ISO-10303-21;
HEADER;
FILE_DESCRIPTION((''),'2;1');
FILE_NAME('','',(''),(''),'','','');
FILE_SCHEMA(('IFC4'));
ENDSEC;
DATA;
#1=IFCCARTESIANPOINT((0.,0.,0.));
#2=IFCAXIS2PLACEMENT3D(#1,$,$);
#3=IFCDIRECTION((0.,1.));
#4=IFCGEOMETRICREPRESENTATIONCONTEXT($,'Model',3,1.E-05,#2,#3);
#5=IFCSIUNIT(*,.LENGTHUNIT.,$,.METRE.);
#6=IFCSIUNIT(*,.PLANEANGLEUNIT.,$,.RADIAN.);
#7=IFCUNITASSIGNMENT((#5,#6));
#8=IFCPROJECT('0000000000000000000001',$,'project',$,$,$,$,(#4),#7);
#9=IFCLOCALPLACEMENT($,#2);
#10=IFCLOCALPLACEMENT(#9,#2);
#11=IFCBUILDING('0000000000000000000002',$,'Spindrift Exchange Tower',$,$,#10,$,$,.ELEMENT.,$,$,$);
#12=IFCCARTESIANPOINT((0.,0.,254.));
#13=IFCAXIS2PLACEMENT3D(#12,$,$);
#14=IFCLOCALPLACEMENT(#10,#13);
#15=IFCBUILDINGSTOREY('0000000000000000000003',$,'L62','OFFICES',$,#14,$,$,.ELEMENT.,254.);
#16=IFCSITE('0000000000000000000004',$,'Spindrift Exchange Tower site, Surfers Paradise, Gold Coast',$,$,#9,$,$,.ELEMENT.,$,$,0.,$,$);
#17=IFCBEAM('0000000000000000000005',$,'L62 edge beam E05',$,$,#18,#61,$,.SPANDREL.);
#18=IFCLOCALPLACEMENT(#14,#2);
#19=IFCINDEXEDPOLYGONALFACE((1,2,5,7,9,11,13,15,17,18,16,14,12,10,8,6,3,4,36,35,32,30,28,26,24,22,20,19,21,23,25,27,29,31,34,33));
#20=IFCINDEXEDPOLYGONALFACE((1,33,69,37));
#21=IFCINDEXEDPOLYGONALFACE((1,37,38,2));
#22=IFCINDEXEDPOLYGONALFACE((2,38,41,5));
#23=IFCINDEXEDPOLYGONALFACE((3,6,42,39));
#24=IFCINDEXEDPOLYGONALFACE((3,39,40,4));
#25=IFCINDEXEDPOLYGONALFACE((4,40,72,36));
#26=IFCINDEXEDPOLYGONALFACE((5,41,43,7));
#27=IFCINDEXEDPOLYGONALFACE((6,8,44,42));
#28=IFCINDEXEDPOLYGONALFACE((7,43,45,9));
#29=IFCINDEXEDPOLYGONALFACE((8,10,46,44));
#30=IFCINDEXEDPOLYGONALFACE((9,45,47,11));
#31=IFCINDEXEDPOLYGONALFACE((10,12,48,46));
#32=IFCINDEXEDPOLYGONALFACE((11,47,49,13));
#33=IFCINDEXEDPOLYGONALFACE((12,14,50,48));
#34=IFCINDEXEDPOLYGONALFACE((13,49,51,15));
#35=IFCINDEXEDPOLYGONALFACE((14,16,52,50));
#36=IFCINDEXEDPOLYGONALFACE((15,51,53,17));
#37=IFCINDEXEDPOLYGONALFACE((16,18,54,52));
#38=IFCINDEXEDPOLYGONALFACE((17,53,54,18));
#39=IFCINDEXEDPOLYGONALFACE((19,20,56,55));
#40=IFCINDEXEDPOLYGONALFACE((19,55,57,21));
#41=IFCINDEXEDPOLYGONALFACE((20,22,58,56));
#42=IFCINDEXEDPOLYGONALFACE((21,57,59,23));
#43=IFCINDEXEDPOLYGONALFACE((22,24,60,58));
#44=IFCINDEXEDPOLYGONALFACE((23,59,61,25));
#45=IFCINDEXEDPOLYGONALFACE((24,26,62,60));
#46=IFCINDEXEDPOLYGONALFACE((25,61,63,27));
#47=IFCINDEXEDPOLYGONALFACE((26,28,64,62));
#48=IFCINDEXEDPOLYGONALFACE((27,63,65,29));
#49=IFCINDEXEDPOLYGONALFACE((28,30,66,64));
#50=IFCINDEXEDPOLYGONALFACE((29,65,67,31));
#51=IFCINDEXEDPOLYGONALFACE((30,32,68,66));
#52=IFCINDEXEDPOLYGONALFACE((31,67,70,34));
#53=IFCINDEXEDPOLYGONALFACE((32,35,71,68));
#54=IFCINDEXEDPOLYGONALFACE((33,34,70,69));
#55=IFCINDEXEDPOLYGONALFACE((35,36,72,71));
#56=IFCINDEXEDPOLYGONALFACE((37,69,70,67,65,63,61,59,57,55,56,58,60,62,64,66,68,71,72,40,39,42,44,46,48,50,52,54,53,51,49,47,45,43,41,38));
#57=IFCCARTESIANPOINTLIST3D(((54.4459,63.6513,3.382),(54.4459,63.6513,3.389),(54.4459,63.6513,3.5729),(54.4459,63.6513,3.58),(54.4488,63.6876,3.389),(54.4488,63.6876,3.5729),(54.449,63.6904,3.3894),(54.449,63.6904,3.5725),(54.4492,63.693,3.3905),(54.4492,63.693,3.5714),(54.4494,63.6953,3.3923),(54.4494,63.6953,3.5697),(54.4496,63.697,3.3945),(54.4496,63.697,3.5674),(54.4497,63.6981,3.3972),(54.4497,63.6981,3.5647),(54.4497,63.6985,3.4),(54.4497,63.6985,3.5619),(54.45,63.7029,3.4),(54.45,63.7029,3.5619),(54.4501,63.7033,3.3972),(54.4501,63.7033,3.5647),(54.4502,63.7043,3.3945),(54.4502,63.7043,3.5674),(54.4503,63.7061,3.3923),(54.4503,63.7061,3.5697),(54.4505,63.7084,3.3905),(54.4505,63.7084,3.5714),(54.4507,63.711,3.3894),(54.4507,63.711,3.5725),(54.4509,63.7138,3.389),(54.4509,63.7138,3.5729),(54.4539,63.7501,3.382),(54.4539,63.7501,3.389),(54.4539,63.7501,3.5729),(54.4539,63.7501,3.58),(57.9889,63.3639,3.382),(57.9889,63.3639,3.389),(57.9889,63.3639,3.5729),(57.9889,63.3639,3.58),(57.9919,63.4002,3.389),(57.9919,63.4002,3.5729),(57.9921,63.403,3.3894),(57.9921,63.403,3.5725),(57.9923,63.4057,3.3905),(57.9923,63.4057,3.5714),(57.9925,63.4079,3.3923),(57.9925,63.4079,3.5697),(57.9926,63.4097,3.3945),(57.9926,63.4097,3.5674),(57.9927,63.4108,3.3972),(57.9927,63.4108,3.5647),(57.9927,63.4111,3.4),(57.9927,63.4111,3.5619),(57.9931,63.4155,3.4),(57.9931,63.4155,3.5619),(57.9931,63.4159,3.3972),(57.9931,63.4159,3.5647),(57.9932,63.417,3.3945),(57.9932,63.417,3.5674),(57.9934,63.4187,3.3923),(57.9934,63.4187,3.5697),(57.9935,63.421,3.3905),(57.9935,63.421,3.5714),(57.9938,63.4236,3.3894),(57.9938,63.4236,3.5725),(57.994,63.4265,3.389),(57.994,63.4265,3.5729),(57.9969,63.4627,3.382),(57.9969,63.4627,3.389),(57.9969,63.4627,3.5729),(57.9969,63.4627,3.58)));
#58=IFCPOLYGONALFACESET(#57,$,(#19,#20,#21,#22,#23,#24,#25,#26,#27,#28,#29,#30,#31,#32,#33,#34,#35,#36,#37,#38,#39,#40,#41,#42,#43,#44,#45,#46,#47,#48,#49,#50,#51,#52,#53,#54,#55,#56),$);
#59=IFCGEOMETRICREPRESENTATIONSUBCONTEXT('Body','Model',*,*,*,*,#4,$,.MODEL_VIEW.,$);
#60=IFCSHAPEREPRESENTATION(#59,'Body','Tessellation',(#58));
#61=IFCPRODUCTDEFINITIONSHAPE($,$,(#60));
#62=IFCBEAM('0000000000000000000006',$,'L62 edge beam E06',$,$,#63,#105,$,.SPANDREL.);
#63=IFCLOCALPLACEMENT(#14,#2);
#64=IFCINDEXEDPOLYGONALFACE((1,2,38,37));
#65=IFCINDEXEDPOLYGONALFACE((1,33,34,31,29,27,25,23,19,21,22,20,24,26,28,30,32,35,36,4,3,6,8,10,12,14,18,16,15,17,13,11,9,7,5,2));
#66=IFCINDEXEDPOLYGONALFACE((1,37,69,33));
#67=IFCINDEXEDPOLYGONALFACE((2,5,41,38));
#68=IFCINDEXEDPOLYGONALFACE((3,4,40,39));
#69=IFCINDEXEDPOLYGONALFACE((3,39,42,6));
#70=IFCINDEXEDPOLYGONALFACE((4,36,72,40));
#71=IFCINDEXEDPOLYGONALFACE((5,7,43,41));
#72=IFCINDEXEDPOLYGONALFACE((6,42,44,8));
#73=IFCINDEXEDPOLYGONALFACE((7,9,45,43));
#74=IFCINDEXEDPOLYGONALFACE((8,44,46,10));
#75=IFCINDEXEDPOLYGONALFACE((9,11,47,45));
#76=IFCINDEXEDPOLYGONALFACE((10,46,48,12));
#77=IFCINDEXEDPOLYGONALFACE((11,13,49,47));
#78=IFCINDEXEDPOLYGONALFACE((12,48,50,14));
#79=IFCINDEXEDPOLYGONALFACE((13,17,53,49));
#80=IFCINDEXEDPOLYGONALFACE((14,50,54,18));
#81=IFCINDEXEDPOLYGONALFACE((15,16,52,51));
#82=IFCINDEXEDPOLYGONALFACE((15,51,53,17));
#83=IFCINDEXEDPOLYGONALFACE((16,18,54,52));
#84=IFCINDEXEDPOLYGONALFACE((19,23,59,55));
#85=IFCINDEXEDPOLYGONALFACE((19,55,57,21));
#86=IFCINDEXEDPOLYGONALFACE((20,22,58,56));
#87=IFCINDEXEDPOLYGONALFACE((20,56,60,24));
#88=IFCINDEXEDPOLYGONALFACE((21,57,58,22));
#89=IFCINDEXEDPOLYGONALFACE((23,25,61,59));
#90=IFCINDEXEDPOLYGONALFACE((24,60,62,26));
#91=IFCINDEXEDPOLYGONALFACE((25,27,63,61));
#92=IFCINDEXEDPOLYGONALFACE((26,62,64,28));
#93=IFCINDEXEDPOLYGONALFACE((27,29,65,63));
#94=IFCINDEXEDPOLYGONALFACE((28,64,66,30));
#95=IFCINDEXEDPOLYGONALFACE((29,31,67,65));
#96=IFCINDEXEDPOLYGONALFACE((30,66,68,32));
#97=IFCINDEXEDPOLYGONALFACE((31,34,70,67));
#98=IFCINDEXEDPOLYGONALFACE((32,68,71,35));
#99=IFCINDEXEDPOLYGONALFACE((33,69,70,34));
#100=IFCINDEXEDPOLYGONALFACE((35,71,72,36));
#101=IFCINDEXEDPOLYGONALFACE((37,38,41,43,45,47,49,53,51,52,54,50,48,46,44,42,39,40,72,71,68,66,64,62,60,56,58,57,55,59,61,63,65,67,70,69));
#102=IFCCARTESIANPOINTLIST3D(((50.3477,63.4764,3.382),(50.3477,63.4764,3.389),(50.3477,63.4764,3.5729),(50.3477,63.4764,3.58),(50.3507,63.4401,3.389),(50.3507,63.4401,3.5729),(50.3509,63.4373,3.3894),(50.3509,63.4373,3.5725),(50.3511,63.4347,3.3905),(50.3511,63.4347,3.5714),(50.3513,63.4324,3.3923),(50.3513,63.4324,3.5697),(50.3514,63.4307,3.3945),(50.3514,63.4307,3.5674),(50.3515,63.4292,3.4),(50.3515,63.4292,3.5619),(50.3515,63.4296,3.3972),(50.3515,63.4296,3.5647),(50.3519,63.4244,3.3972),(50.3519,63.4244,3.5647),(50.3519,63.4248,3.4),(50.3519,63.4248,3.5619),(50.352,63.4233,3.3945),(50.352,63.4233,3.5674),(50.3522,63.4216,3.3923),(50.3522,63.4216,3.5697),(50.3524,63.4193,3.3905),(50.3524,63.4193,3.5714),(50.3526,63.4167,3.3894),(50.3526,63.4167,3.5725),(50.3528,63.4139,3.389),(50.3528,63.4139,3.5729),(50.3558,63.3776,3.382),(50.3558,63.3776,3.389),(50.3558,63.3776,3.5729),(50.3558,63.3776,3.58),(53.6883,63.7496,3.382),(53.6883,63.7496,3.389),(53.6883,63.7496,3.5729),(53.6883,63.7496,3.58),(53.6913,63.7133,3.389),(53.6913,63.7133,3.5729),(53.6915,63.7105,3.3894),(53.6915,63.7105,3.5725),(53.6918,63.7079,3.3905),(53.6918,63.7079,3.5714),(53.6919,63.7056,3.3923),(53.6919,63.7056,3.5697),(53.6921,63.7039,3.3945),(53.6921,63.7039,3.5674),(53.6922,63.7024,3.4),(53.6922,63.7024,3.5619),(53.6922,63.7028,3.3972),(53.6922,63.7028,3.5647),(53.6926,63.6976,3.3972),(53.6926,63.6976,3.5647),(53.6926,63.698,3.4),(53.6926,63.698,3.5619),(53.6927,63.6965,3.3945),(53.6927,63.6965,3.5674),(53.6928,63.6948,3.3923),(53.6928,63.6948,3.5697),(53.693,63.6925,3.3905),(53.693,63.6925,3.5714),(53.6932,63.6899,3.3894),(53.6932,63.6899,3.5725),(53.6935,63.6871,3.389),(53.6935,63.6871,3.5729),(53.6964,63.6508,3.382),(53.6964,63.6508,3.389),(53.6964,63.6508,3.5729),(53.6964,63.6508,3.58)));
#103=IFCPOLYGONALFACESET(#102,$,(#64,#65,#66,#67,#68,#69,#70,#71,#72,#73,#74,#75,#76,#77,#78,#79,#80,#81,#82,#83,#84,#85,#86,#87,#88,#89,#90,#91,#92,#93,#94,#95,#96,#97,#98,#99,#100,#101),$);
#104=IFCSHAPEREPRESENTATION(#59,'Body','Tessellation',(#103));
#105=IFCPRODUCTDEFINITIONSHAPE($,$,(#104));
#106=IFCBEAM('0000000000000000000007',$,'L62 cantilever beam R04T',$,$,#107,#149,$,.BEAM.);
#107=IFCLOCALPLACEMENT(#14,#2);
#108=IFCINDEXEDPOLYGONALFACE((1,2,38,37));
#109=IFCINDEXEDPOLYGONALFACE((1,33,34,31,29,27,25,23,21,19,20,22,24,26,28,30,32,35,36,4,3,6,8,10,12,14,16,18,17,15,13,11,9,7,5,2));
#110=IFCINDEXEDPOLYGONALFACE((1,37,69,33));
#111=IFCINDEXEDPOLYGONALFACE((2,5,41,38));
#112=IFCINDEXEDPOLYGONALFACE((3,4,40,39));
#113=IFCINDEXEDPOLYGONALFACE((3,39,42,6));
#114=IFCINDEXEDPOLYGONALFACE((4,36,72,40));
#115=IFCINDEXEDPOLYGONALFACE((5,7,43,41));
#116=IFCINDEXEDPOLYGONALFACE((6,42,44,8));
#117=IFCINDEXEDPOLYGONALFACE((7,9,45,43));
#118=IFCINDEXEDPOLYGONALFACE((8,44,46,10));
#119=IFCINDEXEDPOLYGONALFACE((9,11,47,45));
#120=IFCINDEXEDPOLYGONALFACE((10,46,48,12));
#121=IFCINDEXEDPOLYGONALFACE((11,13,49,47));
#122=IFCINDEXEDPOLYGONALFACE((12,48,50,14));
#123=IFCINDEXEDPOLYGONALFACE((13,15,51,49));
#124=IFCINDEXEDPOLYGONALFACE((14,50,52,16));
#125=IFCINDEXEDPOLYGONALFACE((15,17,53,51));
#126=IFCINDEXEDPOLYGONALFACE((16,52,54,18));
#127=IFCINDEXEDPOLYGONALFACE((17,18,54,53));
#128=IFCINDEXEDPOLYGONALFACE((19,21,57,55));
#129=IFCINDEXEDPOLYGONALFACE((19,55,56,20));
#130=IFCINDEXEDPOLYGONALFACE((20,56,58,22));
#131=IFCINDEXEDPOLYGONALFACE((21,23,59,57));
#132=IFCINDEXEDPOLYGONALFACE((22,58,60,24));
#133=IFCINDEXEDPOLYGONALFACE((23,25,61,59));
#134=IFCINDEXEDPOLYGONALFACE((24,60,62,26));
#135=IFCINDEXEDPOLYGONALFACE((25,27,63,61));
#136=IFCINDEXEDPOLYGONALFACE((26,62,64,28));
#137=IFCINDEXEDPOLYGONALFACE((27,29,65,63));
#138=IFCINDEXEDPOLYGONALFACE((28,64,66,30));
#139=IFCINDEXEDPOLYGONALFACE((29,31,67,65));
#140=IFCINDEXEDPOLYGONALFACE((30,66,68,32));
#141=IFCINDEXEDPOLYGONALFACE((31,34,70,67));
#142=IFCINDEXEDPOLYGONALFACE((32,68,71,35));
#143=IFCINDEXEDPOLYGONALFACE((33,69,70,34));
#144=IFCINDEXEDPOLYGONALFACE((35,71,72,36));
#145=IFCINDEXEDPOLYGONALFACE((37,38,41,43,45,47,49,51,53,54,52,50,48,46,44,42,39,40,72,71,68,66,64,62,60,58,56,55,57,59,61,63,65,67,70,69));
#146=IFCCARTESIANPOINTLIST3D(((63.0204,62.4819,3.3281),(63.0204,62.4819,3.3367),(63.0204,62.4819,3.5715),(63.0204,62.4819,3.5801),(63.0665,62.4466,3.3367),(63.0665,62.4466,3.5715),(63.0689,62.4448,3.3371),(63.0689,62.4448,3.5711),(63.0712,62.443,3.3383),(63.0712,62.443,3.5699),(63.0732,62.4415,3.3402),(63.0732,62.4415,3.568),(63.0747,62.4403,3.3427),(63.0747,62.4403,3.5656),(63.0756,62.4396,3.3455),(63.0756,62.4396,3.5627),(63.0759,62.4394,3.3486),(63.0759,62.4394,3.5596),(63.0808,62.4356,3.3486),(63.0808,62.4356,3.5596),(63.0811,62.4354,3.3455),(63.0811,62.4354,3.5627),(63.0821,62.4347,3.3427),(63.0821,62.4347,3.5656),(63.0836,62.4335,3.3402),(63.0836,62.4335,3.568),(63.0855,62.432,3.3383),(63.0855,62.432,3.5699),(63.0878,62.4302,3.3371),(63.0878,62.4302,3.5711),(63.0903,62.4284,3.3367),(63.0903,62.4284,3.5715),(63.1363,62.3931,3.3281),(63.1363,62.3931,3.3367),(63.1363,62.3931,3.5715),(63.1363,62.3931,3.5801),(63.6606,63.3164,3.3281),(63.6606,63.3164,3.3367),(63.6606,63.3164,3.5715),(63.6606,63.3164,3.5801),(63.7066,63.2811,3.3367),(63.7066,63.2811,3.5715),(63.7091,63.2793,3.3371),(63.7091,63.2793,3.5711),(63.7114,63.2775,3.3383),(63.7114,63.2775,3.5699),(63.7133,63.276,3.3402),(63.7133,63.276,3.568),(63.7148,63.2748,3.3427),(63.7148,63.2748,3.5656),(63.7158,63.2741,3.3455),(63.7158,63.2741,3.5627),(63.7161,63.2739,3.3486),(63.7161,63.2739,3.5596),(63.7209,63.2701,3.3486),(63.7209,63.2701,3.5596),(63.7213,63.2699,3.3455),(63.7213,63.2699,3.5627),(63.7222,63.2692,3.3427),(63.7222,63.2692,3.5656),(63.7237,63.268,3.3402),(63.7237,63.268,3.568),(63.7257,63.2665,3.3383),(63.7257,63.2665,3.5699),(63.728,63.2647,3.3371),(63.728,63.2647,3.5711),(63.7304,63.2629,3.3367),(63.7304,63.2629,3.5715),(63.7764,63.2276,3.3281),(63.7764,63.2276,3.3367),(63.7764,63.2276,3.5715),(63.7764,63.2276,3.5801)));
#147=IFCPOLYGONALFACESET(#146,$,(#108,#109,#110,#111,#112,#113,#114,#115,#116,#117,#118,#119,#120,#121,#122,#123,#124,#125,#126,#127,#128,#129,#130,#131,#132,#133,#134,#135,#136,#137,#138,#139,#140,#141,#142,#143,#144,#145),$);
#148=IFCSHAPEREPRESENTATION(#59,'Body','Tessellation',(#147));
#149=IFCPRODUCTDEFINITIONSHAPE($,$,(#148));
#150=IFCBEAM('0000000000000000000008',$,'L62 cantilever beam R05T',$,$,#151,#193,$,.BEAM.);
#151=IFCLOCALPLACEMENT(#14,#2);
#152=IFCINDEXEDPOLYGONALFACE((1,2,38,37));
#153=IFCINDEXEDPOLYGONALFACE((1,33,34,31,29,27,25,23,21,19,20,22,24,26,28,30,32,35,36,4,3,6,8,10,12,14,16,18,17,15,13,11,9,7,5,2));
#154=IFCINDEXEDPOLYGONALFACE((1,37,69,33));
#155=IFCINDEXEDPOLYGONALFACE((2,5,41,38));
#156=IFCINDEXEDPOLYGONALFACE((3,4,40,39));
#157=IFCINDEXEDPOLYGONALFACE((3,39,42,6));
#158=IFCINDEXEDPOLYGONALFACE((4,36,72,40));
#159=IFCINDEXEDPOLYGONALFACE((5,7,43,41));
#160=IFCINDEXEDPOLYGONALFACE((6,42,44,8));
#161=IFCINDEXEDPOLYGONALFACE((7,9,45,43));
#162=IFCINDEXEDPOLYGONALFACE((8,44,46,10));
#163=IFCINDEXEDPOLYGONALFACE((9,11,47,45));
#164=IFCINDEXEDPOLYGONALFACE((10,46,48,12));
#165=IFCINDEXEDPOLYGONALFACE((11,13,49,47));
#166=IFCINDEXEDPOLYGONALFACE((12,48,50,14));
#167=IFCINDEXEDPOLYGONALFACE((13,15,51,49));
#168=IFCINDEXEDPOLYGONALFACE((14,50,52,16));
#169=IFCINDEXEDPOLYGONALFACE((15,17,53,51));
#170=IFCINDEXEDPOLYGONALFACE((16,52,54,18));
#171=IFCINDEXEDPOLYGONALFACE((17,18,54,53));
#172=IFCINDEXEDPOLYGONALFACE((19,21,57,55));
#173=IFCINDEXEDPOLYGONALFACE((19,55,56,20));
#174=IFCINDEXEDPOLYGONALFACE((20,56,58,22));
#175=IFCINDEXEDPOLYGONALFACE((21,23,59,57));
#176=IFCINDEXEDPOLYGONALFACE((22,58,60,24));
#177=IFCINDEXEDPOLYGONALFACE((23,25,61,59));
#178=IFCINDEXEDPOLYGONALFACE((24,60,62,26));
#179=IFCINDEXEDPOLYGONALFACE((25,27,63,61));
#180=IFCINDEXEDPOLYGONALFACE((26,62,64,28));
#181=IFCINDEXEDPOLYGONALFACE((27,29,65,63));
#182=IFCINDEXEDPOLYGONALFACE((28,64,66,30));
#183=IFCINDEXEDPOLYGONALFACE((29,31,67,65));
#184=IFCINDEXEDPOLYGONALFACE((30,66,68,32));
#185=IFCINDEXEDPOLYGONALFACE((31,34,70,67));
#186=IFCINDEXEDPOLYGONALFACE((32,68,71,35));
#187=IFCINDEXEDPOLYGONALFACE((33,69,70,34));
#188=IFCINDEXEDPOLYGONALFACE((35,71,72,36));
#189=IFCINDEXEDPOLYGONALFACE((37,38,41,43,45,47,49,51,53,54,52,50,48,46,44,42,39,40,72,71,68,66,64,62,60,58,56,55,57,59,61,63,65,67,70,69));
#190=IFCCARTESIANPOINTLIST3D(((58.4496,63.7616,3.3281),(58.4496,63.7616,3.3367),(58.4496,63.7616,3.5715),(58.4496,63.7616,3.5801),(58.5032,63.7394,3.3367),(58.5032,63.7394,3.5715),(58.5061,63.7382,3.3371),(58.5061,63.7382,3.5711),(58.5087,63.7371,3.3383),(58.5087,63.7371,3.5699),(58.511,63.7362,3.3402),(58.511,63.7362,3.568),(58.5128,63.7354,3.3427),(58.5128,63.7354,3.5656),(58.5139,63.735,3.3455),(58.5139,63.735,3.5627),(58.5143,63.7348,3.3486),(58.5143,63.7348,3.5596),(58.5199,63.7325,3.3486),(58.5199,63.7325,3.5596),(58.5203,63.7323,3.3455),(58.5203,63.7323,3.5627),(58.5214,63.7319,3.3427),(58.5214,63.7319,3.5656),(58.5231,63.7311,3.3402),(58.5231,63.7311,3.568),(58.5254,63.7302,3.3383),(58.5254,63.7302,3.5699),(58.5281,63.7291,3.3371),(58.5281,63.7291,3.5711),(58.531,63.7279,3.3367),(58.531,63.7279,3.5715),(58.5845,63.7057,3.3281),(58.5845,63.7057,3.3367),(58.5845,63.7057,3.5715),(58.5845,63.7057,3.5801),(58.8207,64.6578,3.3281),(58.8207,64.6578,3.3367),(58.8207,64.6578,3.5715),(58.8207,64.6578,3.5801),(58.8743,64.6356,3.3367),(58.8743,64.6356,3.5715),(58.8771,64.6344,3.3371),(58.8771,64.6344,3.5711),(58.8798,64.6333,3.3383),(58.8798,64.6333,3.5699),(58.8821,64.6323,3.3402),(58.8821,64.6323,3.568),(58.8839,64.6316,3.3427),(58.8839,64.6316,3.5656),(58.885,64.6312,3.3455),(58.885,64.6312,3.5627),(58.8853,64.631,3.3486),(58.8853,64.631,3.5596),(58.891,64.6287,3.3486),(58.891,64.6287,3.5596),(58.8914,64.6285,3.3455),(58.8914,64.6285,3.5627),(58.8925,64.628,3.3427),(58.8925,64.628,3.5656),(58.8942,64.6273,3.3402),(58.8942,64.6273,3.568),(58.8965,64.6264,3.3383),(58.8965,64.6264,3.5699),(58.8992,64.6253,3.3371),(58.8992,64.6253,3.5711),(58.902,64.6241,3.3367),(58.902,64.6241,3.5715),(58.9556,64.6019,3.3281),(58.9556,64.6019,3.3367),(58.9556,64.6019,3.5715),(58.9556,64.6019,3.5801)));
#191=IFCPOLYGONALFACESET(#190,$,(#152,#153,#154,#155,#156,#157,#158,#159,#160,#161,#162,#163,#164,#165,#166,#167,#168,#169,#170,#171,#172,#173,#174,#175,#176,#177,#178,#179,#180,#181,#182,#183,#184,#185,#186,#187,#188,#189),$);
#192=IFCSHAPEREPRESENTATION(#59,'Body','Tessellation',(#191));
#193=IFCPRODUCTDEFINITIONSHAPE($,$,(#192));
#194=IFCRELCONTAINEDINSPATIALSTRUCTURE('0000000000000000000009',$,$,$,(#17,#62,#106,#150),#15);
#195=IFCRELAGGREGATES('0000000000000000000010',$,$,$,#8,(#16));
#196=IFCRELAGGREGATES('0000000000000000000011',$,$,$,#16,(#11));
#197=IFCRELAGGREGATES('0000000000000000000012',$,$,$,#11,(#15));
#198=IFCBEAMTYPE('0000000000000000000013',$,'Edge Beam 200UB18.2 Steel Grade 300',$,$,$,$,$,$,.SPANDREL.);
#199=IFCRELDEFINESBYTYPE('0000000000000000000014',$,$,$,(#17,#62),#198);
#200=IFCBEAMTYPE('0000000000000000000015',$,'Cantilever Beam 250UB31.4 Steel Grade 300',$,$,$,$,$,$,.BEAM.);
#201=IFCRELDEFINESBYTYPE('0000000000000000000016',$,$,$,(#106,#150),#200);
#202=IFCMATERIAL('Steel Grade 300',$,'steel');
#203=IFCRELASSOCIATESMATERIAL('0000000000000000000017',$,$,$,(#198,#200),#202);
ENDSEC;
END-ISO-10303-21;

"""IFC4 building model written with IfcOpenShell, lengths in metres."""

from ifc_helpers import new_model, si_unit, direction, frame, origin, origin_2d, place, context, subcontext, project, spatial, i_section, extrude, source, transform, mapped, material, material_profile, profile_set, type_object, element, save


model = new_model("IFC4")

# Units and contexts
model_context = context("Model", 3, precision=1e-05, world=origin(), true_north=direction((0.0, 1.0)))
body_context = subcontext(model_context, "Body", "Model", "MODEL_VIEW")
ifc_project = project(units=[si_unit("LENGTHUNIT", "METRE"), si_unit("PLANEANGLEUNIT", "RADIAN")], contexts=[model_context])

# Site, building, storey
site_placement = place(None, origin())
site = spatial("IfcSite", under=ifc_project, at=site_placement, Name="Spindrift Exchange Tower site, Surfers Paradise, Gold Coast", CompositionType="ELEMENT", RefElevation=0.0)
building_placement = place(site_placement, origin())
building = spatial("IfcBuilding", under=site, at=building_placement, Name="Spindrift Exchange Tower", CompositionType="ELEMENT")
storey_placement = place(building_placement, frame((0.0, 0.0, 254.0)))
storey = spatial("IfcBuildingStorey", under=building, at=storey_placement, Name="L62", Description="OFFICES", CompositionType="ELEMENT", Elevation=254.0)

# Beams
ifc_material_1 = material(Name="Steel Grade 300", Category="steel")
ifc_material_profile_1 = material_profile(ifc_material_1, i_section(OverallWidth=0.0991, OverallDepth=0.198, WebThickness=0.0044, FlangeThickness=0.0071, FilletRadius=0.011, at=origin_2d()), Name="200UB18.2")
ifc_profile_set_1 = profile_set([ifc_material_profile_1], Name="Steel Grade 300")
beam_type_1 = type_object("IfcBeamType", Name="Edge Beam 200UB18.2 Steel Grade 300", PredefinedType="SPANDREL", material=ifc_profile_set_1)
shared_shape_1 = source(origin(), body_context, "Body", "SweptSolid", [
    extrude(i_section(OverallWidth=0.0991, OverallDepth=0.198, WebThickness=0.0044, FlangeThickness=0.0071, FilletRadius=0.011, at=origin_2d()), origin(), (0.0, 0.0, 1.0), 3.5547),
])
beam_1_placement = place(storey_placement, frame((57.9929, 63.4133, 3.481), z_axis=(-0.996727, 0.08084, 0.0), x_axis=(-0.08084, -0.996727, 0.0)))
element("IfcBeam", 1, at=beam_1_placement, inside=storey, type_object=beam_type_1, Name="L62 edge beam E05", PredefinedType="SPANDREL", context=body_context, shape_type="MappedRepresentation", body=[
    mapped(shared_shape_1, transform((0.0, 0.0, 0.0), scale=1.0)),
])
shared_shape_2 = source(origin(), body_context, "Body", "SweptSolid", [
    extrude(i_section(OverallWidth=0.0991, OverallDepth=0.198, WebThickness=0.0044, FlangeThickness=0.0071, FilletRadius=0.011, at=origin_2d()), origin(), (0.0, 0.0, 1.0), 3.3518),
])
beam_2_placement = place(storey_placement, frame((53.6924, 63.7002, 3.481), z_axis=(-0.996673, -0.081508, 0.0), x_axis=(0.081508, -0.996673, 0.0)))
element("IfcBeam", 2, at=beam_2_placement, inside=storey, type_object=beam_type_1, Name="L62 edge beam E06", PredefinedType="SPANDREL", context=body_context, shape_type="MappedRepresentation", body=[
    mapped(shared_shape_2, transform((0.0, 0.0, 0.0), scale=1.0)),
])
ifc_material_profile_2 = material_profile(ifc_material_1, i_section(OverallWidth=0.146, OverallDepth=0.252, WebThickness=0.0061, FlangeThickness=0.0085, FilletRadius=0.012, at=origin_2d()), Name="250UB31.4")
ifc_profile_set_2 = profile_set([ifc_material_profile_2], Name="Steel Grade 300")
beam_type_2 = type_object("IfcBeamType", Name="Cantilever Beam 250UB31.4 Steel Grade 300", PredefinedType="BEAM", material=ifc_profile_set_2)
shared_shape_3 = source(origin(), body_context, "Body", "SweptSolid", [
    extrude(i_section(OverallWidth=0.146, OverallDepth=0.252, WebThickness=0.0061, FlangeThickness=0.0085, FilletRadius=0.012, at=origin_2d()), origin(), (0.0, 0.0, 1.0), 1.0518),
])
beam_3_placement = place(storey_placement, frame((63.0784, 62.4375, 3.4541), z_axis=(0.608656, 0.793434, 0.0), x_axis=(-0.793434, 0.608656, 0.0)))
element("IfcBeam", 3, at=beam_3_placement, inside=storey, type_object=beam_type_2, Name="L62 cantilever beam R04T", PredefinedType="BEAM", context=body_context, shape_type="MappedRepresentation", body=[
    mapped(shared_shape_3, transform((0.0, 0.0, 0.0), scale=1.0)),
])
shared_shape_4 = source(origin(), body_context, "Body", "SweptSolid", [
    extrude(i_section(OverallWidth=0.146, OverallDepth=0.252, WebThickness=0.0061, FlangeThickness=0.0085, FilletRadius=0.012, at=origin_2d()), origin(), (0.0, 0.0, 1.0), 0.97),
])
beam_4_placement = place(storey_placement, frame((58.5171, 63.7336, 3.4541), z_axis=(0.382559, 0.923931, 0.0), x_axis=(-0.923931, 0.382559, 0.0)))
element("IfcBeam", 4, at=beam_4_placement, inside=storey, type_object=beam_type_2, Name="L62 cantilever beam R05T", PredefinedType="BEAM", context=body_context, shape_type="MappedRepresentation", body=[
    mapped(shared_shape_4, transform((0.0, 0.0, 0.0), scale=1.0)),
])

save(model, "model.ifc")
